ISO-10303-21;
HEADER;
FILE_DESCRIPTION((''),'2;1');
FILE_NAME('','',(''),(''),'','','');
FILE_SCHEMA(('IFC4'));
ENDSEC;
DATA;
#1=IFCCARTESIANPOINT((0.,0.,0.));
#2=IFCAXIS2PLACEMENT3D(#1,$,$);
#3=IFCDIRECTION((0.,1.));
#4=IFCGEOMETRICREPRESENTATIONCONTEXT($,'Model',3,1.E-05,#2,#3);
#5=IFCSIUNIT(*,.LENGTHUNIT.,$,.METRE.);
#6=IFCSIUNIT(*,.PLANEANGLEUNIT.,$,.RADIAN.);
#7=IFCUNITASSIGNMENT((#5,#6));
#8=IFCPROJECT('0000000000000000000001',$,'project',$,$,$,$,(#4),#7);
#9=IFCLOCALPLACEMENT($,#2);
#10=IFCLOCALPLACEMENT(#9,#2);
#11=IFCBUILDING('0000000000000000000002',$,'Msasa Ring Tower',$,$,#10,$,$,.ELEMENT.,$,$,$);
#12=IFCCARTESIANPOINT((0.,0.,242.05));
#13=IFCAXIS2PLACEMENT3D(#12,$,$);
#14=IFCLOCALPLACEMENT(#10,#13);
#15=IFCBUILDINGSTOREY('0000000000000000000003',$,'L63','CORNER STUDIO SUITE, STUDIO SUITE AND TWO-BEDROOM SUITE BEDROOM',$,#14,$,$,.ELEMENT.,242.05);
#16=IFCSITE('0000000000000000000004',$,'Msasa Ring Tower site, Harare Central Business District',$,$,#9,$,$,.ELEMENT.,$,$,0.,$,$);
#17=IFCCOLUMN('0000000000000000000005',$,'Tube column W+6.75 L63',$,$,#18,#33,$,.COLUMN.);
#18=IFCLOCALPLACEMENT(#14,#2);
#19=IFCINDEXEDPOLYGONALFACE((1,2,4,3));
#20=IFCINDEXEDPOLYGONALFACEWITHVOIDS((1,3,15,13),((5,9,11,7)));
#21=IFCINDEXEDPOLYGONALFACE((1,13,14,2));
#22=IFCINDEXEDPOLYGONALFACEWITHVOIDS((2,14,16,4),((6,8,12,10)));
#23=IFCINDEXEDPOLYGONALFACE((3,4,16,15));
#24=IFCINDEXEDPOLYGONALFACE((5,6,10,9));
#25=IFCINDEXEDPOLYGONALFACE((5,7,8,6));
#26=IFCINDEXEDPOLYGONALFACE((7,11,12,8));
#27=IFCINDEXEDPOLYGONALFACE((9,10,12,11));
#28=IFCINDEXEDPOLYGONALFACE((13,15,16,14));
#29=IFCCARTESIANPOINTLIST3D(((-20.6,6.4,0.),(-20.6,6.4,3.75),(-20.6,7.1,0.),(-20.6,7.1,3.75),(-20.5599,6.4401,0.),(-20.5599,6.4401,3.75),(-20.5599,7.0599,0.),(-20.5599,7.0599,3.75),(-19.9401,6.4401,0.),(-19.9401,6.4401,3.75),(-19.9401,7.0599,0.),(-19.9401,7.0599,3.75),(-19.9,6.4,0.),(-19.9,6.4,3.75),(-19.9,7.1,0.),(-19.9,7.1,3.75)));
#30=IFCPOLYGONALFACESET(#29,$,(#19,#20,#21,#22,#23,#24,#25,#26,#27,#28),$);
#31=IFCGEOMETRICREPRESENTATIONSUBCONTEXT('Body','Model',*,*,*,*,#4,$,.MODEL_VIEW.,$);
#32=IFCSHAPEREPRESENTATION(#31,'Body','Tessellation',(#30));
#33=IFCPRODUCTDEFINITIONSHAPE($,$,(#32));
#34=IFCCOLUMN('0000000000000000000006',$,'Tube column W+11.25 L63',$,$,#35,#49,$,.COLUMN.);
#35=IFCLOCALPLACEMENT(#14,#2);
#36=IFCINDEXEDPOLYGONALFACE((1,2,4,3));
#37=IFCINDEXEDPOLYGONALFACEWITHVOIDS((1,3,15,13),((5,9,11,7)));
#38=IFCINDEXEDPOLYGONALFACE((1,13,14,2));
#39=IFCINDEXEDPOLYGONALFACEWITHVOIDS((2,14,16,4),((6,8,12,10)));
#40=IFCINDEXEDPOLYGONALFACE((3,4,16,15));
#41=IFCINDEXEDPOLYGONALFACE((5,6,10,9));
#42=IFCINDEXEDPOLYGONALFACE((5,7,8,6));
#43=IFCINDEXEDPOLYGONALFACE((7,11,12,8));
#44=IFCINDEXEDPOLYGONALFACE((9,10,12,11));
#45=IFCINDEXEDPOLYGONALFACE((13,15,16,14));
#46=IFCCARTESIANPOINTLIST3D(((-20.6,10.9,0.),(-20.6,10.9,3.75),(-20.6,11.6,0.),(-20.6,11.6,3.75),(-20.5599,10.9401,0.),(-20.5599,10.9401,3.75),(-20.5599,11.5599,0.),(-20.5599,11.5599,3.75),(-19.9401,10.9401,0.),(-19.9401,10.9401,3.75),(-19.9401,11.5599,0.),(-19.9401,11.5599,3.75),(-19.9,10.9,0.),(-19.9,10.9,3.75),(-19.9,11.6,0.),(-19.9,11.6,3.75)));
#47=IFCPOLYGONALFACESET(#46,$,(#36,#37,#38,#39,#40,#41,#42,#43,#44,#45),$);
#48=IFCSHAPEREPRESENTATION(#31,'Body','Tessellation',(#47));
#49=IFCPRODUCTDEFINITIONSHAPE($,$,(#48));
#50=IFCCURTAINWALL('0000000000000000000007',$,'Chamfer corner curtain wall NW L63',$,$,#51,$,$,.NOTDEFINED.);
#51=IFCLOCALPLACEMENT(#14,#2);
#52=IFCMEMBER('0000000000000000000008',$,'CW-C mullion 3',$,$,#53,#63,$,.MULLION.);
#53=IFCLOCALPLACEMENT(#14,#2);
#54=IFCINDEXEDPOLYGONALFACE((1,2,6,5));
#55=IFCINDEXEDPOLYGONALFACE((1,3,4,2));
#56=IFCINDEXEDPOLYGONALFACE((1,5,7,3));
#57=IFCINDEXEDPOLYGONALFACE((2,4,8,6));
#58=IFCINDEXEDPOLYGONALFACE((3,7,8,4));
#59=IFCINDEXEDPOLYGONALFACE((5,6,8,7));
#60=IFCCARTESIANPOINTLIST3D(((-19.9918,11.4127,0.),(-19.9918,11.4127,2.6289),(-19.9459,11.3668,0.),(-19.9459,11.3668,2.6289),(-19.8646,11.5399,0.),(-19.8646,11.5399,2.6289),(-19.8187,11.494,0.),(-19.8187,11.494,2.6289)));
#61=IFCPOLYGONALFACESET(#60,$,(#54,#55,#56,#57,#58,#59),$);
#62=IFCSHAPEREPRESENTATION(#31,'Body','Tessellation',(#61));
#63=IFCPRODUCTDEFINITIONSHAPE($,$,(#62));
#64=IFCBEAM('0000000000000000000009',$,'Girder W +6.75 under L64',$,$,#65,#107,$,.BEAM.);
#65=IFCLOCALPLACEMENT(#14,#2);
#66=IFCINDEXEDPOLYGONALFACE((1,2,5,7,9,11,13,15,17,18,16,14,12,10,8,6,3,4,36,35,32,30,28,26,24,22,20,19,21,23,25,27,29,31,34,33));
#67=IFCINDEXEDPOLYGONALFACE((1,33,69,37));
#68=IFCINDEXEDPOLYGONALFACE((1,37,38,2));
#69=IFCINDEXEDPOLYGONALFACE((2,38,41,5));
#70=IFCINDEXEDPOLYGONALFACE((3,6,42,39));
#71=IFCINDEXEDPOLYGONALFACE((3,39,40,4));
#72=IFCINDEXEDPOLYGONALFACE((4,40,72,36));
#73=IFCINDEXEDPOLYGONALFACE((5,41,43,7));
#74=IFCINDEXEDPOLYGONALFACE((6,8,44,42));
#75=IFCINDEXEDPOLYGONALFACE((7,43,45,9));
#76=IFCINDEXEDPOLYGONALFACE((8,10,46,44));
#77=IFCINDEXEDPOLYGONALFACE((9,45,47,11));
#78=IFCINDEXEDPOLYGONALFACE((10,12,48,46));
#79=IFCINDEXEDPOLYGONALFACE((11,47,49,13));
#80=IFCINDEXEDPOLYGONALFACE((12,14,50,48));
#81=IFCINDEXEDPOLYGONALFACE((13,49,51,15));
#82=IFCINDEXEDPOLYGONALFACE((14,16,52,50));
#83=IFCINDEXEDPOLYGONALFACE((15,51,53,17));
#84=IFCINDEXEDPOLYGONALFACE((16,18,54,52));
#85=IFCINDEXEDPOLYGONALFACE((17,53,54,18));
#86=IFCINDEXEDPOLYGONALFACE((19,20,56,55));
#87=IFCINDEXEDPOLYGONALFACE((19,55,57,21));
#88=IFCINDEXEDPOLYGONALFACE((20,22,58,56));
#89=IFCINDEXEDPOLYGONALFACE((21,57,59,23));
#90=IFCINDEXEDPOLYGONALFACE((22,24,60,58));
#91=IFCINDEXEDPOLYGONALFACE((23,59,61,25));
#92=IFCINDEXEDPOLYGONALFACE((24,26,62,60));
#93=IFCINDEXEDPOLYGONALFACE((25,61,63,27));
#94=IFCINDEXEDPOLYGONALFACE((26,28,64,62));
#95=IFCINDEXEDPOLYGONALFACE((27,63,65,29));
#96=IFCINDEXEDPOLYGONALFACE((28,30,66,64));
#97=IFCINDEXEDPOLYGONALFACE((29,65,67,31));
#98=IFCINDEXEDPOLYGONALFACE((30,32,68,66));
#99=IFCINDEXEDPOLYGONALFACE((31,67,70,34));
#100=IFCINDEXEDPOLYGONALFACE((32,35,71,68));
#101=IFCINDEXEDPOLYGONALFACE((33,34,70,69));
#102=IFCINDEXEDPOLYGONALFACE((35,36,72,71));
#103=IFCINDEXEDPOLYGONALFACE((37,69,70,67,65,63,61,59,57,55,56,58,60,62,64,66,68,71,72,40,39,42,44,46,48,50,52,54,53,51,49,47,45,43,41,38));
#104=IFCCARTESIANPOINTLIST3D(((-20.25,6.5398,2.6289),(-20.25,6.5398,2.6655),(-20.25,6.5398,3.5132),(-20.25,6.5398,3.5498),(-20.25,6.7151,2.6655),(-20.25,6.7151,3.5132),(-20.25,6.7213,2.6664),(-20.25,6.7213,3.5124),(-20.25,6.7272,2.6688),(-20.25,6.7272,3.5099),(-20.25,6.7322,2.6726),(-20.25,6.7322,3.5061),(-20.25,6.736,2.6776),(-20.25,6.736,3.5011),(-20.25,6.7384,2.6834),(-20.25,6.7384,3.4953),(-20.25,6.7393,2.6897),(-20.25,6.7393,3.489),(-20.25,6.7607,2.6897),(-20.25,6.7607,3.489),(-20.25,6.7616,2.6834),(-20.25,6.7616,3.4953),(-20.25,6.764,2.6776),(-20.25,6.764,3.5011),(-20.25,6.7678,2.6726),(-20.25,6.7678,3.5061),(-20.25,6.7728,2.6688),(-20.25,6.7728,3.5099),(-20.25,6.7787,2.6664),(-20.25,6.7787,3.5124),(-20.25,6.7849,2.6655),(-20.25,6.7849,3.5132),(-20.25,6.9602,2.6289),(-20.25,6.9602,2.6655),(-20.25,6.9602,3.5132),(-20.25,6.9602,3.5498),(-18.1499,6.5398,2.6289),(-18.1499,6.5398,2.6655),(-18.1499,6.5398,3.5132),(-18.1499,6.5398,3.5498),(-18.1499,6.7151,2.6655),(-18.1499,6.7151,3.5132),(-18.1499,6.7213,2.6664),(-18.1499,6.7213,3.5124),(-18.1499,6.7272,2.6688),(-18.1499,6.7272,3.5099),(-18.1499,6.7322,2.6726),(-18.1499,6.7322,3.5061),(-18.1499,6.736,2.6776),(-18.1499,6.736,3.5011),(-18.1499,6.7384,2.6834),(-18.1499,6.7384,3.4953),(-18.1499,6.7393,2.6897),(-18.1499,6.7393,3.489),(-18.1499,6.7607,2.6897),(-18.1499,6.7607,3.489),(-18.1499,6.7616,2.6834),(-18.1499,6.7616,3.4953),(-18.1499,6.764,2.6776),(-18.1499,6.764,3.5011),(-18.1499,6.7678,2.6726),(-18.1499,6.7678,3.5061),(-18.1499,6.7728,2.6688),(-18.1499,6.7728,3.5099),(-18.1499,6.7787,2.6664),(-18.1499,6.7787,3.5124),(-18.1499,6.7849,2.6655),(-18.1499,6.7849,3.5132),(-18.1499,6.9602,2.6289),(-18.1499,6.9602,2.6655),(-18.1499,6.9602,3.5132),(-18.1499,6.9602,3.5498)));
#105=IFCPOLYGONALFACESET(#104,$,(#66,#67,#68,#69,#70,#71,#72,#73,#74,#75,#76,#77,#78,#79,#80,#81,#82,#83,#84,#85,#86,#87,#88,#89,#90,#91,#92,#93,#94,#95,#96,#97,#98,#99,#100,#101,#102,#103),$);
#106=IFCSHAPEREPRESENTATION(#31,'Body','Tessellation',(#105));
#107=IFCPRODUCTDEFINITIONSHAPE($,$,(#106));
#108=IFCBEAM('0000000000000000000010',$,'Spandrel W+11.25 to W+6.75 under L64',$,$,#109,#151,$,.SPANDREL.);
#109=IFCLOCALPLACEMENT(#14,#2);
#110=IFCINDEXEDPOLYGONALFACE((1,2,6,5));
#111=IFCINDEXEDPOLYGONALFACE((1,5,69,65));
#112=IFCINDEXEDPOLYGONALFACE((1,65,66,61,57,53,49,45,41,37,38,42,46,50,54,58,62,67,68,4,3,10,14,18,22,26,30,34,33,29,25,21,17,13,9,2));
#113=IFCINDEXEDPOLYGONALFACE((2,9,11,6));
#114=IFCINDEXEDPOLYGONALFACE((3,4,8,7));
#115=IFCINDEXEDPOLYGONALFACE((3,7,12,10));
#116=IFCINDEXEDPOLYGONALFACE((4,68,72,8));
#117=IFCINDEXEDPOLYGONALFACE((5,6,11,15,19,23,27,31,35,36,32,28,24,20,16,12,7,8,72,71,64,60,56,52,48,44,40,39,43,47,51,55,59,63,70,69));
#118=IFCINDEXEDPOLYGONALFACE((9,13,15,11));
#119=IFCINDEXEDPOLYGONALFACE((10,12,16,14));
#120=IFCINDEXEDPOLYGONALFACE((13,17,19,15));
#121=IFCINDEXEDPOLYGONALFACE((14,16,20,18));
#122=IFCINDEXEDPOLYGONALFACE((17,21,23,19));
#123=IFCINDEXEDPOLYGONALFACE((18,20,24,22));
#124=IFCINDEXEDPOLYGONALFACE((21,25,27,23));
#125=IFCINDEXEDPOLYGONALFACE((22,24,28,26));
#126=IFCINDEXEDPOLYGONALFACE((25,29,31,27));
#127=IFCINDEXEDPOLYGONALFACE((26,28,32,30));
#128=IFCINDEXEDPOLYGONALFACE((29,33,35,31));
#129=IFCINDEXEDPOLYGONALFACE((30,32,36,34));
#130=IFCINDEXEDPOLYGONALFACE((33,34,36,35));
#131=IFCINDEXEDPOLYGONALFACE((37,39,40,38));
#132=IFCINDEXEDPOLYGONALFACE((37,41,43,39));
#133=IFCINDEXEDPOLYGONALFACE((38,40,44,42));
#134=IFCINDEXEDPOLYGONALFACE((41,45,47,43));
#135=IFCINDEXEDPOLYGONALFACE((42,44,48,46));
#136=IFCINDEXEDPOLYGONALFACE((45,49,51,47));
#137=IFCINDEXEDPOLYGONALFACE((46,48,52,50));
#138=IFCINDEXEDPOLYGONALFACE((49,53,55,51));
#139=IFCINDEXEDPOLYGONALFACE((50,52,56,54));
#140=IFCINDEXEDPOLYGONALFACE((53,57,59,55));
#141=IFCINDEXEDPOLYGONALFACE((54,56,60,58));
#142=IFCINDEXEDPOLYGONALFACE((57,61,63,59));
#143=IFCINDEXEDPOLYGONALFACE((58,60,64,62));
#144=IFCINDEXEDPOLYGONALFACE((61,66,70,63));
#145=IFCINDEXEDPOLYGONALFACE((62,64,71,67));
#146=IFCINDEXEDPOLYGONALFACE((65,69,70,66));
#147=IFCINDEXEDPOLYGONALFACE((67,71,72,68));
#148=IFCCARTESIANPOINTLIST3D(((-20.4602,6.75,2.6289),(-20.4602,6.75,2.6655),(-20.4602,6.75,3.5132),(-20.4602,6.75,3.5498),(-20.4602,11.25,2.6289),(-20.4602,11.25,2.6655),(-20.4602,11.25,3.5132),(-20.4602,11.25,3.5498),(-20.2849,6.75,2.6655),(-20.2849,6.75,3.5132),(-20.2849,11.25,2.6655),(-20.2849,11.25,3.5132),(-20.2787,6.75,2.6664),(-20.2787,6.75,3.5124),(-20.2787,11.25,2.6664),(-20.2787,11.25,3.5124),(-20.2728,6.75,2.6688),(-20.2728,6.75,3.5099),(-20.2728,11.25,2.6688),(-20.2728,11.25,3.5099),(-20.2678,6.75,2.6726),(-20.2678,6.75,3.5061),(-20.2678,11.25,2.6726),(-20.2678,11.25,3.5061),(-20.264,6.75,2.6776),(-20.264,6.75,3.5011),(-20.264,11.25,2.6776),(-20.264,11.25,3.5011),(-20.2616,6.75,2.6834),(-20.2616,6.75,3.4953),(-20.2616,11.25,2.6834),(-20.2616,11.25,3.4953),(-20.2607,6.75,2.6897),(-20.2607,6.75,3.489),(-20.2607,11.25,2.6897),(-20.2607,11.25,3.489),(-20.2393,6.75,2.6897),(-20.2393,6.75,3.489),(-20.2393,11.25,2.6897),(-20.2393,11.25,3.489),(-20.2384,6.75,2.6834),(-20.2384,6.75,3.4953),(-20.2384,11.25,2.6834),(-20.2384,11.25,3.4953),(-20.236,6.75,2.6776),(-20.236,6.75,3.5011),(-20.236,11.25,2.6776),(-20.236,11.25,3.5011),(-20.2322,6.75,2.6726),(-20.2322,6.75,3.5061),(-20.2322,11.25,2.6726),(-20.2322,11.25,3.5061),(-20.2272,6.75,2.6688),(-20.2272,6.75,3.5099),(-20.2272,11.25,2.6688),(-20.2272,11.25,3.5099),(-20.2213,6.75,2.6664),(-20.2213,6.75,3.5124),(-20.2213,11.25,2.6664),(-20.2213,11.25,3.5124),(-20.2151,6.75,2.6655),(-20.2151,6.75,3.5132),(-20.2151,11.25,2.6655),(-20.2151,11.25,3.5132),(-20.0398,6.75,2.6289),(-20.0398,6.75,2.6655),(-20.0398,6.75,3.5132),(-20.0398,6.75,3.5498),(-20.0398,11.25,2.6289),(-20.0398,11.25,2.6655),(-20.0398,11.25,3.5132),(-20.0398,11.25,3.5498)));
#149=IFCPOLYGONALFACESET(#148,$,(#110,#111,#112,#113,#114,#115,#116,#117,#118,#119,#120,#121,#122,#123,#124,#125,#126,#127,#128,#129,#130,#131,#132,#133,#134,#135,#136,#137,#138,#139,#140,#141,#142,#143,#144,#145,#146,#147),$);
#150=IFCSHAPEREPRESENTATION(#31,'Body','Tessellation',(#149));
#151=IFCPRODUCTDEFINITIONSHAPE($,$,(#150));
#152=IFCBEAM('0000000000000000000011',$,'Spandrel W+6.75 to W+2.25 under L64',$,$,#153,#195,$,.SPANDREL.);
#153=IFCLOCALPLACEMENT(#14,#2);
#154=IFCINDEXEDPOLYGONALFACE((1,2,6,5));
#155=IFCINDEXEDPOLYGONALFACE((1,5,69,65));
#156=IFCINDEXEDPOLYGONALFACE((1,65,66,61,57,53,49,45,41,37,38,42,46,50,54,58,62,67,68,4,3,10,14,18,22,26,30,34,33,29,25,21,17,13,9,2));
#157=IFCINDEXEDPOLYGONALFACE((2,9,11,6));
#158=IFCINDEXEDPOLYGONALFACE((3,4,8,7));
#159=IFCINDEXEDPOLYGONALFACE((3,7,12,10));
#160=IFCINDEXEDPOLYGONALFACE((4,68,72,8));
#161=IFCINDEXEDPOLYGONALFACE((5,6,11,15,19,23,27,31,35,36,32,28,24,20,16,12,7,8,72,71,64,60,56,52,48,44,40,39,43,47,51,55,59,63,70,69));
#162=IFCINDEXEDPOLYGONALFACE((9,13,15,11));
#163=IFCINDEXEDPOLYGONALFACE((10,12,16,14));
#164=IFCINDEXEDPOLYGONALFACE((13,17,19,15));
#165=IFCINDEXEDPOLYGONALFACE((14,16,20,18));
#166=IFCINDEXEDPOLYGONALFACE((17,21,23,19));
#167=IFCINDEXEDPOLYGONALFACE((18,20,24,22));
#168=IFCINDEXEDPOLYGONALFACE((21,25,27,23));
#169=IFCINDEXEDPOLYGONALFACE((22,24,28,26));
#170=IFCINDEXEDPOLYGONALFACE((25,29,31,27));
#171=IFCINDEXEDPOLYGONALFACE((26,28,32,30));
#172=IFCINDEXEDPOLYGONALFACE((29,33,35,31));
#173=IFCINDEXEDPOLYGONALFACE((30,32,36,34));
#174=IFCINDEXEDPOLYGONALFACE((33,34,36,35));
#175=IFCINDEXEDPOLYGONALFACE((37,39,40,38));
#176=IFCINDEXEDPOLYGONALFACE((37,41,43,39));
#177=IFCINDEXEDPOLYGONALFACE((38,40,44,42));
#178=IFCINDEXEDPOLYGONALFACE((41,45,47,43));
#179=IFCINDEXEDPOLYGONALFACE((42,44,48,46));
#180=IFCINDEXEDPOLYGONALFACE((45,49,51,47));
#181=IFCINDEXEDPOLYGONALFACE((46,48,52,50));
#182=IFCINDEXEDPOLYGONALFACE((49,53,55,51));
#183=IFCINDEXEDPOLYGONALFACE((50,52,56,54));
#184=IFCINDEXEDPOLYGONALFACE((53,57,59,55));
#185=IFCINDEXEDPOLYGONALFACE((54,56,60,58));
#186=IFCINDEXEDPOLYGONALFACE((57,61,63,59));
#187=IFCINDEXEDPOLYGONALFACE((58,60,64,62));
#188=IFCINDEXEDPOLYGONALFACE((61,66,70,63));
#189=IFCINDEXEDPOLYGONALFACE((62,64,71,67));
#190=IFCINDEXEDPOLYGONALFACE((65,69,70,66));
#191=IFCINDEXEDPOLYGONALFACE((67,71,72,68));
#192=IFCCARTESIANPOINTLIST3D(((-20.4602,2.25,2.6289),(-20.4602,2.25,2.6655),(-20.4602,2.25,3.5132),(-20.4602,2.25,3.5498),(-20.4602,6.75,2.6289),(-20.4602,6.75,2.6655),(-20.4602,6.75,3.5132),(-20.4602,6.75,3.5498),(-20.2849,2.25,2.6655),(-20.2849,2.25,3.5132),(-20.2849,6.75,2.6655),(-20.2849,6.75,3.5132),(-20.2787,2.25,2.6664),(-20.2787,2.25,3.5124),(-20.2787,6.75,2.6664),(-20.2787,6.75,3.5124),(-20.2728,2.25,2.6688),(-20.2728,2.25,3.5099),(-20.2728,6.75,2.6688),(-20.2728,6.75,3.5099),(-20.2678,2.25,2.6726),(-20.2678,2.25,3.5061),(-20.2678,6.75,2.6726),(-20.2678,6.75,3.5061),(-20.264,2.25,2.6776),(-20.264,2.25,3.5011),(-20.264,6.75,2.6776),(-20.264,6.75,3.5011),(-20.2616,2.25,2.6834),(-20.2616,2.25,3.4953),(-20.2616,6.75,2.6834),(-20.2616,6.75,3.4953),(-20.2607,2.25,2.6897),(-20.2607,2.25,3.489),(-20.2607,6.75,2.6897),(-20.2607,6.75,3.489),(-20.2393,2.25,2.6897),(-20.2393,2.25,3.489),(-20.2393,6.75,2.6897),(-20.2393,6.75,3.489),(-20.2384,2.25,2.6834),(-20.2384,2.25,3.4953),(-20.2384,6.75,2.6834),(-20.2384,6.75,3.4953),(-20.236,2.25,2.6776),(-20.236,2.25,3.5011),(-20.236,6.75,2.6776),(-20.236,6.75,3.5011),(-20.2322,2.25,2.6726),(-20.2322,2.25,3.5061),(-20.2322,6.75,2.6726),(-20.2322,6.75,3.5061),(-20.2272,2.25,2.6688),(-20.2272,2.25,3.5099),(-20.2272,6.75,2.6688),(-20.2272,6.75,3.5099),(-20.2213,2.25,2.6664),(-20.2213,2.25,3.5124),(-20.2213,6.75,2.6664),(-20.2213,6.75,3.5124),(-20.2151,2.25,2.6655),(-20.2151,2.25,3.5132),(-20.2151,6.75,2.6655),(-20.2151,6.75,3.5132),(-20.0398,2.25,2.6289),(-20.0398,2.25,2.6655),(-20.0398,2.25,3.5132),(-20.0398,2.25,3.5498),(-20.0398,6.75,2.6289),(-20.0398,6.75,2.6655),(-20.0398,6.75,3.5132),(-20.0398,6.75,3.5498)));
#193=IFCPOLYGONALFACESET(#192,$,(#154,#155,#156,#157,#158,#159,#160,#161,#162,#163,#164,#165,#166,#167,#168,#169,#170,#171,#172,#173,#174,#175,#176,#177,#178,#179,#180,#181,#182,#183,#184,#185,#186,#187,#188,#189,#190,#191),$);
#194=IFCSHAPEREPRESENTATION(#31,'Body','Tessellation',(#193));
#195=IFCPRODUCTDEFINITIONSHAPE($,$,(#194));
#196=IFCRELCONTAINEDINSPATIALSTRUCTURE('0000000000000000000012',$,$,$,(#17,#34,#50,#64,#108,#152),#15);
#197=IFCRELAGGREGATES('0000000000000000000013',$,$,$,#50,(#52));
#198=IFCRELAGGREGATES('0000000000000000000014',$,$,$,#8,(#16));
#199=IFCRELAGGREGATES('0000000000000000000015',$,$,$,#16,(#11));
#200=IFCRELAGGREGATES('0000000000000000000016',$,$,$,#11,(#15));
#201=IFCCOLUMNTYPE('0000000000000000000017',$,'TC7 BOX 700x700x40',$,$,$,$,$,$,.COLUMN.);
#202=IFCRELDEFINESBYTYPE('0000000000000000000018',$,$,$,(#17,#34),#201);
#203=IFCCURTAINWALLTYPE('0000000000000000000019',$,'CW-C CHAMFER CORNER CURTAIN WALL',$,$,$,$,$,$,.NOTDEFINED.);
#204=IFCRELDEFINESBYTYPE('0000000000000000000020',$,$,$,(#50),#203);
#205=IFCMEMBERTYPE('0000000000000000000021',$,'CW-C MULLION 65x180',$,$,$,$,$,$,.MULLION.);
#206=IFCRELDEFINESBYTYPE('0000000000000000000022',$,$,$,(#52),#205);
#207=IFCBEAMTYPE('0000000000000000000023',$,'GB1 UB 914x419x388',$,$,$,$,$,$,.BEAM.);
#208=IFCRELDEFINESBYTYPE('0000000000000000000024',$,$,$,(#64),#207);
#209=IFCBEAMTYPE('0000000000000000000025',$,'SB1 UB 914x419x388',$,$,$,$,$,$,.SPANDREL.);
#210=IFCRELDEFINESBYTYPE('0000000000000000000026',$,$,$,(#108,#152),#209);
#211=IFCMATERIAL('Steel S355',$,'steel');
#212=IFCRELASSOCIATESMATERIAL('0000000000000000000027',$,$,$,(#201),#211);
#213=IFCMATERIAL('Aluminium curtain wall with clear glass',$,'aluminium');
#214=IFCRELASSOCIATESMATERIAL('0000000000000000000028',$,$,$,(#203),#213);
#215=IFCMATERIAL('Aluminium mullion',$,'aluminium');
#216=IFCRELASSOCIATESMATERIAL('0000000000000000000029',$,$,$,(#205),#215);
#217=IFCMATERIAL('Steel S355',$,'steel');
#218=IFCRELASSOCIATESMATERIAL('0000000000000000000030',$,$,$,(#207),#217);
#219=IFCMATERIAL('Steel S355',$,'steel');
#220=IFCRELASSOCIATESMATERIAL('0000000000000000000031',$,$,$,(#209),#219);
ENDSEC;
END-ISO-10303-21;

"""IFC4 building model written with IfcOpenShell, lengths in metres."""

from ifc_helpers import new_model, si_unit, direction, frame, origin, origin_2d, place, context, subcontext, project, spatial, rectangle, hollow_rectangle, i_section, extrude, material, material_profile, profile_set, type_object, element, aggregate, save


model = new_model("IFC4")

# Units and contexts
model_context = context("Model", 3, precision=1e-05, world=origin(), true_north=direction((0.0, 1.0)))
body_context = subcontext(model_context, "Body", "Model", "MODEL_VIEW")
ifc_project = project(units=[si_unit("LENGTHUNIT", "METRE"), si_unit("PLANEANGLEUNIT", "RADIAN")], contexts=[model_context])

# Site, building, storey
site_placement = place(None, origin())
site = spatial("IfcSite", under=ifc_project, at=site_placement, Name="Msasa Ring Tower site, Harare Central Business District", CompositionType="ELEMENT", RefElevation=0.0)
building_placement = place(site_placement, origin())
building = spatial("IfcBuilding", under=site, at=building_placement, Name="Msasa Ring Tower", CompositionType="ELEMENT")
storey_placement = place(building_placement, frame((0.0, 0.0, 242.05)))
storey = spatial("IfcBuildingStorey", under=building, at=storey_placement, Name="L63", Description="CORNER STUDIO SUITE, STUDIO SUITE AND TWO-BEDROOM SUITE BEDROOM", CompositionType="ELEMENT", Elevation=242.05)

# Columns
ifc_material_1 = material(Name="Steel S355", Category="steel")
ifc_material_profile_1 = material_profile(ifc_material_1, hollow_rectangle(XDim=0.7, YDim=0.7, WallThickness=0.04, at=origin_2d()), Name="BOX 700x700x40")
ifc_profile_set_1 = profile_set([ifc_material_profile_1], Name="Steel S355")
column_type = type_object("IfcColumnType", Name="TC7 BOX 700x700x40", PredefinedType="COLUMN", material=ifc_profile_set_1)
for number, where, z_axis, x_axis, name in (
    (1, (-20.25, 6.75, 0.0), (0.0, 0.0, 1.0), (1.0, 0.0, 0.0), "Tube column W+6.75 L63"),
    (2, (-20.25, 11.25, 0.0), (0.0, 0.0, 1.0), (1.0, 0.0, 0.0), "Tube column W+11.25 L63"),
):
    element("IfcColumn", number, at=place(storey_placement, frame(where, z_axis=z_axis, x_axis=x_axis)), inside=storey, type_object=column_type, Name=name, PredefinedType="COLUMN", context=body_context, shape_type="SweptSolid", body=[
        extrude(hollow_rectangle(XDim=0.7, YDim=0.7, WallThickness=0.04, at=origin_2d()), origin(), (0.0, 0.0, 1.0), 3.75),
    ])

# Curtain wall, member
ifc_material_2 = material(Name="Aluminium curtain wall with clear glass", Category="aluminium")
curtain_wall_type = type_object("IfcCurtainWallType", Name="CW-C CHAMFER CORNER CURTAIN WALL", PredefinedType="NOTDEFINED", material=ifc_material_2)
curtain_wall_placement = place(storey_placement, origin())
curtain_wall = element("IfcCurtainWall", 3, at=curtain_wall_placement, inside=storey, type_object=curtain_wall_type, Name="Chamfer corner curtain wall NW L63", PredefinedType="NOTDEFINED")
ifc_material_3 = material(Name="Aluminium mullion", Category="aluminium")
ifc_material_profile_2 = material_profile(ifc_material_3, rectangle(XDim=0.0649, YDim=0.1799, at=origin_2d()), Name="AL 65x180")
ifc_profile_set_2 = profile_set([ifc_material_profile_2], Name="Aluminium mullion")
member_type = type_object("IfcMemberType", Name="CW-C MULLION 65x180", PredefinedType="MULLION", material=ifc_profile_set_2)
member_placement = place(storey_placement, frame((-19.9053, 11.4534, 0.0), z_axis=(0.0, 0.0, 1.0), x_axis=(0.707107, -0.707107, 0.0)))
member = element("IfcMember", 4, at=member_placement, type_object=member_type, Name="CW-C mullion 3", PredefinedType="MULLION", context=body_context, shape_type="SweptSolid", body=[
    extrude(rectangle(XDim=0.0649, YDim=0.1799, at=origin_2d()), origin(), (0.0, 0.0, 1.0), 2.6289),
])
aggregate(curtain_wall, [member])

# Beams
ifc_material_4 = material(Name="Steel S355", Category="steel")
ifc_material_profile_3 = material_profile(ifc_material_4, i_section(OverallWidth=0.4204, OverallDepth=0.9209, WebThickness=0.0215, FlangeThickness=0.0366, FilletRadius=0.0242, at=origin_2d()), Name="UB 914x419x388")
ifc_profile_set_3 = profile_set([ifc_material_profile_3], Name="Steel S355")
beam_type_1 = type_object("IfcBeamType", Name="GB1 UB 914x419x388", PredefinedType="BEAM", material=ifc_profile_set_3)
beam_placement = place(storey_placement, frame((-18.1499, 6.75, 3.0894), z_axis=(-1.0, 0.0, 0.0), x_axis=(0.0, -1.0, 0.0)))
element("IfcBeam", 5, at=beam_placement, inside=storey, type_object=beam_type_1, Name="Girder W +6.75 under L64", PredefinedType="BEAM", context=body_context, shape_type="SweptSolid", body=[
    extrude(i_section(OverallWidth=0.4204, OverallDepth=0.9209, WebThickness=0.0215, FlangeThickness=0.0366, FilletRadius=0.0242, at=origin_2d()), origin(), (0.0, 0.0, 1.0), 2.1001),
])
ifc_material_5 = material(Name="Steel S355", Category="steel")
ifc_material_profile_4 = material_profile(ifc_material_5, i_section(OverallWidth=0.4204, OverallDepth=0.9209, WebThickness=0.0215, FlangeThickness=0.0366, FilletRadius=0.0242, at=origin_2d()), Name="UB 914x419x388")
ifc_profile_set_4 = profile_set([ifc_material_profile_4], Name="Steel S355")
beam_type_2 = type_object("IfcBeamType", Name="SB1 UB 914x419x388", PredefinedType="SPANDREL", material=ifc_profile_set_4)
for number, where, z_axis, x_axis, name in (
    (6, (-20.25, 11.25, 3.0894), (0.0, -1.0, 0.0), (1.0, 0.0, 0.0), "Spandrel W+11.25 to W+6.75 under L64"),
    (7, (-20.25, 6.75, 3.0894), (0.0, -1.0, 0.0), (1.0, 0.0, 0.0), "Spandrel W+6.75 to W+2.25 under L64"),
):
    element("IfcBeam", number, at=place(storey_placement, frame(where, z_axis=z_axis, x_axis=x_axis)), inside=storey, type_object=beam_type_2, Name=name, PredefinedType="SPANDREL", context=body_context, shape_type="SweptSolid", body=[
        extrude(i_section(OverallWidth=0.4204, OverallDepth=0.9209, WebThickness=0.0215, FlangeThickness=0.0366, FilletRadius=0.0242, at=origin_2d()), origin(), (0.0, 0.0, 1.0), 4.5),
    ])

save(model, "model.ifc")
